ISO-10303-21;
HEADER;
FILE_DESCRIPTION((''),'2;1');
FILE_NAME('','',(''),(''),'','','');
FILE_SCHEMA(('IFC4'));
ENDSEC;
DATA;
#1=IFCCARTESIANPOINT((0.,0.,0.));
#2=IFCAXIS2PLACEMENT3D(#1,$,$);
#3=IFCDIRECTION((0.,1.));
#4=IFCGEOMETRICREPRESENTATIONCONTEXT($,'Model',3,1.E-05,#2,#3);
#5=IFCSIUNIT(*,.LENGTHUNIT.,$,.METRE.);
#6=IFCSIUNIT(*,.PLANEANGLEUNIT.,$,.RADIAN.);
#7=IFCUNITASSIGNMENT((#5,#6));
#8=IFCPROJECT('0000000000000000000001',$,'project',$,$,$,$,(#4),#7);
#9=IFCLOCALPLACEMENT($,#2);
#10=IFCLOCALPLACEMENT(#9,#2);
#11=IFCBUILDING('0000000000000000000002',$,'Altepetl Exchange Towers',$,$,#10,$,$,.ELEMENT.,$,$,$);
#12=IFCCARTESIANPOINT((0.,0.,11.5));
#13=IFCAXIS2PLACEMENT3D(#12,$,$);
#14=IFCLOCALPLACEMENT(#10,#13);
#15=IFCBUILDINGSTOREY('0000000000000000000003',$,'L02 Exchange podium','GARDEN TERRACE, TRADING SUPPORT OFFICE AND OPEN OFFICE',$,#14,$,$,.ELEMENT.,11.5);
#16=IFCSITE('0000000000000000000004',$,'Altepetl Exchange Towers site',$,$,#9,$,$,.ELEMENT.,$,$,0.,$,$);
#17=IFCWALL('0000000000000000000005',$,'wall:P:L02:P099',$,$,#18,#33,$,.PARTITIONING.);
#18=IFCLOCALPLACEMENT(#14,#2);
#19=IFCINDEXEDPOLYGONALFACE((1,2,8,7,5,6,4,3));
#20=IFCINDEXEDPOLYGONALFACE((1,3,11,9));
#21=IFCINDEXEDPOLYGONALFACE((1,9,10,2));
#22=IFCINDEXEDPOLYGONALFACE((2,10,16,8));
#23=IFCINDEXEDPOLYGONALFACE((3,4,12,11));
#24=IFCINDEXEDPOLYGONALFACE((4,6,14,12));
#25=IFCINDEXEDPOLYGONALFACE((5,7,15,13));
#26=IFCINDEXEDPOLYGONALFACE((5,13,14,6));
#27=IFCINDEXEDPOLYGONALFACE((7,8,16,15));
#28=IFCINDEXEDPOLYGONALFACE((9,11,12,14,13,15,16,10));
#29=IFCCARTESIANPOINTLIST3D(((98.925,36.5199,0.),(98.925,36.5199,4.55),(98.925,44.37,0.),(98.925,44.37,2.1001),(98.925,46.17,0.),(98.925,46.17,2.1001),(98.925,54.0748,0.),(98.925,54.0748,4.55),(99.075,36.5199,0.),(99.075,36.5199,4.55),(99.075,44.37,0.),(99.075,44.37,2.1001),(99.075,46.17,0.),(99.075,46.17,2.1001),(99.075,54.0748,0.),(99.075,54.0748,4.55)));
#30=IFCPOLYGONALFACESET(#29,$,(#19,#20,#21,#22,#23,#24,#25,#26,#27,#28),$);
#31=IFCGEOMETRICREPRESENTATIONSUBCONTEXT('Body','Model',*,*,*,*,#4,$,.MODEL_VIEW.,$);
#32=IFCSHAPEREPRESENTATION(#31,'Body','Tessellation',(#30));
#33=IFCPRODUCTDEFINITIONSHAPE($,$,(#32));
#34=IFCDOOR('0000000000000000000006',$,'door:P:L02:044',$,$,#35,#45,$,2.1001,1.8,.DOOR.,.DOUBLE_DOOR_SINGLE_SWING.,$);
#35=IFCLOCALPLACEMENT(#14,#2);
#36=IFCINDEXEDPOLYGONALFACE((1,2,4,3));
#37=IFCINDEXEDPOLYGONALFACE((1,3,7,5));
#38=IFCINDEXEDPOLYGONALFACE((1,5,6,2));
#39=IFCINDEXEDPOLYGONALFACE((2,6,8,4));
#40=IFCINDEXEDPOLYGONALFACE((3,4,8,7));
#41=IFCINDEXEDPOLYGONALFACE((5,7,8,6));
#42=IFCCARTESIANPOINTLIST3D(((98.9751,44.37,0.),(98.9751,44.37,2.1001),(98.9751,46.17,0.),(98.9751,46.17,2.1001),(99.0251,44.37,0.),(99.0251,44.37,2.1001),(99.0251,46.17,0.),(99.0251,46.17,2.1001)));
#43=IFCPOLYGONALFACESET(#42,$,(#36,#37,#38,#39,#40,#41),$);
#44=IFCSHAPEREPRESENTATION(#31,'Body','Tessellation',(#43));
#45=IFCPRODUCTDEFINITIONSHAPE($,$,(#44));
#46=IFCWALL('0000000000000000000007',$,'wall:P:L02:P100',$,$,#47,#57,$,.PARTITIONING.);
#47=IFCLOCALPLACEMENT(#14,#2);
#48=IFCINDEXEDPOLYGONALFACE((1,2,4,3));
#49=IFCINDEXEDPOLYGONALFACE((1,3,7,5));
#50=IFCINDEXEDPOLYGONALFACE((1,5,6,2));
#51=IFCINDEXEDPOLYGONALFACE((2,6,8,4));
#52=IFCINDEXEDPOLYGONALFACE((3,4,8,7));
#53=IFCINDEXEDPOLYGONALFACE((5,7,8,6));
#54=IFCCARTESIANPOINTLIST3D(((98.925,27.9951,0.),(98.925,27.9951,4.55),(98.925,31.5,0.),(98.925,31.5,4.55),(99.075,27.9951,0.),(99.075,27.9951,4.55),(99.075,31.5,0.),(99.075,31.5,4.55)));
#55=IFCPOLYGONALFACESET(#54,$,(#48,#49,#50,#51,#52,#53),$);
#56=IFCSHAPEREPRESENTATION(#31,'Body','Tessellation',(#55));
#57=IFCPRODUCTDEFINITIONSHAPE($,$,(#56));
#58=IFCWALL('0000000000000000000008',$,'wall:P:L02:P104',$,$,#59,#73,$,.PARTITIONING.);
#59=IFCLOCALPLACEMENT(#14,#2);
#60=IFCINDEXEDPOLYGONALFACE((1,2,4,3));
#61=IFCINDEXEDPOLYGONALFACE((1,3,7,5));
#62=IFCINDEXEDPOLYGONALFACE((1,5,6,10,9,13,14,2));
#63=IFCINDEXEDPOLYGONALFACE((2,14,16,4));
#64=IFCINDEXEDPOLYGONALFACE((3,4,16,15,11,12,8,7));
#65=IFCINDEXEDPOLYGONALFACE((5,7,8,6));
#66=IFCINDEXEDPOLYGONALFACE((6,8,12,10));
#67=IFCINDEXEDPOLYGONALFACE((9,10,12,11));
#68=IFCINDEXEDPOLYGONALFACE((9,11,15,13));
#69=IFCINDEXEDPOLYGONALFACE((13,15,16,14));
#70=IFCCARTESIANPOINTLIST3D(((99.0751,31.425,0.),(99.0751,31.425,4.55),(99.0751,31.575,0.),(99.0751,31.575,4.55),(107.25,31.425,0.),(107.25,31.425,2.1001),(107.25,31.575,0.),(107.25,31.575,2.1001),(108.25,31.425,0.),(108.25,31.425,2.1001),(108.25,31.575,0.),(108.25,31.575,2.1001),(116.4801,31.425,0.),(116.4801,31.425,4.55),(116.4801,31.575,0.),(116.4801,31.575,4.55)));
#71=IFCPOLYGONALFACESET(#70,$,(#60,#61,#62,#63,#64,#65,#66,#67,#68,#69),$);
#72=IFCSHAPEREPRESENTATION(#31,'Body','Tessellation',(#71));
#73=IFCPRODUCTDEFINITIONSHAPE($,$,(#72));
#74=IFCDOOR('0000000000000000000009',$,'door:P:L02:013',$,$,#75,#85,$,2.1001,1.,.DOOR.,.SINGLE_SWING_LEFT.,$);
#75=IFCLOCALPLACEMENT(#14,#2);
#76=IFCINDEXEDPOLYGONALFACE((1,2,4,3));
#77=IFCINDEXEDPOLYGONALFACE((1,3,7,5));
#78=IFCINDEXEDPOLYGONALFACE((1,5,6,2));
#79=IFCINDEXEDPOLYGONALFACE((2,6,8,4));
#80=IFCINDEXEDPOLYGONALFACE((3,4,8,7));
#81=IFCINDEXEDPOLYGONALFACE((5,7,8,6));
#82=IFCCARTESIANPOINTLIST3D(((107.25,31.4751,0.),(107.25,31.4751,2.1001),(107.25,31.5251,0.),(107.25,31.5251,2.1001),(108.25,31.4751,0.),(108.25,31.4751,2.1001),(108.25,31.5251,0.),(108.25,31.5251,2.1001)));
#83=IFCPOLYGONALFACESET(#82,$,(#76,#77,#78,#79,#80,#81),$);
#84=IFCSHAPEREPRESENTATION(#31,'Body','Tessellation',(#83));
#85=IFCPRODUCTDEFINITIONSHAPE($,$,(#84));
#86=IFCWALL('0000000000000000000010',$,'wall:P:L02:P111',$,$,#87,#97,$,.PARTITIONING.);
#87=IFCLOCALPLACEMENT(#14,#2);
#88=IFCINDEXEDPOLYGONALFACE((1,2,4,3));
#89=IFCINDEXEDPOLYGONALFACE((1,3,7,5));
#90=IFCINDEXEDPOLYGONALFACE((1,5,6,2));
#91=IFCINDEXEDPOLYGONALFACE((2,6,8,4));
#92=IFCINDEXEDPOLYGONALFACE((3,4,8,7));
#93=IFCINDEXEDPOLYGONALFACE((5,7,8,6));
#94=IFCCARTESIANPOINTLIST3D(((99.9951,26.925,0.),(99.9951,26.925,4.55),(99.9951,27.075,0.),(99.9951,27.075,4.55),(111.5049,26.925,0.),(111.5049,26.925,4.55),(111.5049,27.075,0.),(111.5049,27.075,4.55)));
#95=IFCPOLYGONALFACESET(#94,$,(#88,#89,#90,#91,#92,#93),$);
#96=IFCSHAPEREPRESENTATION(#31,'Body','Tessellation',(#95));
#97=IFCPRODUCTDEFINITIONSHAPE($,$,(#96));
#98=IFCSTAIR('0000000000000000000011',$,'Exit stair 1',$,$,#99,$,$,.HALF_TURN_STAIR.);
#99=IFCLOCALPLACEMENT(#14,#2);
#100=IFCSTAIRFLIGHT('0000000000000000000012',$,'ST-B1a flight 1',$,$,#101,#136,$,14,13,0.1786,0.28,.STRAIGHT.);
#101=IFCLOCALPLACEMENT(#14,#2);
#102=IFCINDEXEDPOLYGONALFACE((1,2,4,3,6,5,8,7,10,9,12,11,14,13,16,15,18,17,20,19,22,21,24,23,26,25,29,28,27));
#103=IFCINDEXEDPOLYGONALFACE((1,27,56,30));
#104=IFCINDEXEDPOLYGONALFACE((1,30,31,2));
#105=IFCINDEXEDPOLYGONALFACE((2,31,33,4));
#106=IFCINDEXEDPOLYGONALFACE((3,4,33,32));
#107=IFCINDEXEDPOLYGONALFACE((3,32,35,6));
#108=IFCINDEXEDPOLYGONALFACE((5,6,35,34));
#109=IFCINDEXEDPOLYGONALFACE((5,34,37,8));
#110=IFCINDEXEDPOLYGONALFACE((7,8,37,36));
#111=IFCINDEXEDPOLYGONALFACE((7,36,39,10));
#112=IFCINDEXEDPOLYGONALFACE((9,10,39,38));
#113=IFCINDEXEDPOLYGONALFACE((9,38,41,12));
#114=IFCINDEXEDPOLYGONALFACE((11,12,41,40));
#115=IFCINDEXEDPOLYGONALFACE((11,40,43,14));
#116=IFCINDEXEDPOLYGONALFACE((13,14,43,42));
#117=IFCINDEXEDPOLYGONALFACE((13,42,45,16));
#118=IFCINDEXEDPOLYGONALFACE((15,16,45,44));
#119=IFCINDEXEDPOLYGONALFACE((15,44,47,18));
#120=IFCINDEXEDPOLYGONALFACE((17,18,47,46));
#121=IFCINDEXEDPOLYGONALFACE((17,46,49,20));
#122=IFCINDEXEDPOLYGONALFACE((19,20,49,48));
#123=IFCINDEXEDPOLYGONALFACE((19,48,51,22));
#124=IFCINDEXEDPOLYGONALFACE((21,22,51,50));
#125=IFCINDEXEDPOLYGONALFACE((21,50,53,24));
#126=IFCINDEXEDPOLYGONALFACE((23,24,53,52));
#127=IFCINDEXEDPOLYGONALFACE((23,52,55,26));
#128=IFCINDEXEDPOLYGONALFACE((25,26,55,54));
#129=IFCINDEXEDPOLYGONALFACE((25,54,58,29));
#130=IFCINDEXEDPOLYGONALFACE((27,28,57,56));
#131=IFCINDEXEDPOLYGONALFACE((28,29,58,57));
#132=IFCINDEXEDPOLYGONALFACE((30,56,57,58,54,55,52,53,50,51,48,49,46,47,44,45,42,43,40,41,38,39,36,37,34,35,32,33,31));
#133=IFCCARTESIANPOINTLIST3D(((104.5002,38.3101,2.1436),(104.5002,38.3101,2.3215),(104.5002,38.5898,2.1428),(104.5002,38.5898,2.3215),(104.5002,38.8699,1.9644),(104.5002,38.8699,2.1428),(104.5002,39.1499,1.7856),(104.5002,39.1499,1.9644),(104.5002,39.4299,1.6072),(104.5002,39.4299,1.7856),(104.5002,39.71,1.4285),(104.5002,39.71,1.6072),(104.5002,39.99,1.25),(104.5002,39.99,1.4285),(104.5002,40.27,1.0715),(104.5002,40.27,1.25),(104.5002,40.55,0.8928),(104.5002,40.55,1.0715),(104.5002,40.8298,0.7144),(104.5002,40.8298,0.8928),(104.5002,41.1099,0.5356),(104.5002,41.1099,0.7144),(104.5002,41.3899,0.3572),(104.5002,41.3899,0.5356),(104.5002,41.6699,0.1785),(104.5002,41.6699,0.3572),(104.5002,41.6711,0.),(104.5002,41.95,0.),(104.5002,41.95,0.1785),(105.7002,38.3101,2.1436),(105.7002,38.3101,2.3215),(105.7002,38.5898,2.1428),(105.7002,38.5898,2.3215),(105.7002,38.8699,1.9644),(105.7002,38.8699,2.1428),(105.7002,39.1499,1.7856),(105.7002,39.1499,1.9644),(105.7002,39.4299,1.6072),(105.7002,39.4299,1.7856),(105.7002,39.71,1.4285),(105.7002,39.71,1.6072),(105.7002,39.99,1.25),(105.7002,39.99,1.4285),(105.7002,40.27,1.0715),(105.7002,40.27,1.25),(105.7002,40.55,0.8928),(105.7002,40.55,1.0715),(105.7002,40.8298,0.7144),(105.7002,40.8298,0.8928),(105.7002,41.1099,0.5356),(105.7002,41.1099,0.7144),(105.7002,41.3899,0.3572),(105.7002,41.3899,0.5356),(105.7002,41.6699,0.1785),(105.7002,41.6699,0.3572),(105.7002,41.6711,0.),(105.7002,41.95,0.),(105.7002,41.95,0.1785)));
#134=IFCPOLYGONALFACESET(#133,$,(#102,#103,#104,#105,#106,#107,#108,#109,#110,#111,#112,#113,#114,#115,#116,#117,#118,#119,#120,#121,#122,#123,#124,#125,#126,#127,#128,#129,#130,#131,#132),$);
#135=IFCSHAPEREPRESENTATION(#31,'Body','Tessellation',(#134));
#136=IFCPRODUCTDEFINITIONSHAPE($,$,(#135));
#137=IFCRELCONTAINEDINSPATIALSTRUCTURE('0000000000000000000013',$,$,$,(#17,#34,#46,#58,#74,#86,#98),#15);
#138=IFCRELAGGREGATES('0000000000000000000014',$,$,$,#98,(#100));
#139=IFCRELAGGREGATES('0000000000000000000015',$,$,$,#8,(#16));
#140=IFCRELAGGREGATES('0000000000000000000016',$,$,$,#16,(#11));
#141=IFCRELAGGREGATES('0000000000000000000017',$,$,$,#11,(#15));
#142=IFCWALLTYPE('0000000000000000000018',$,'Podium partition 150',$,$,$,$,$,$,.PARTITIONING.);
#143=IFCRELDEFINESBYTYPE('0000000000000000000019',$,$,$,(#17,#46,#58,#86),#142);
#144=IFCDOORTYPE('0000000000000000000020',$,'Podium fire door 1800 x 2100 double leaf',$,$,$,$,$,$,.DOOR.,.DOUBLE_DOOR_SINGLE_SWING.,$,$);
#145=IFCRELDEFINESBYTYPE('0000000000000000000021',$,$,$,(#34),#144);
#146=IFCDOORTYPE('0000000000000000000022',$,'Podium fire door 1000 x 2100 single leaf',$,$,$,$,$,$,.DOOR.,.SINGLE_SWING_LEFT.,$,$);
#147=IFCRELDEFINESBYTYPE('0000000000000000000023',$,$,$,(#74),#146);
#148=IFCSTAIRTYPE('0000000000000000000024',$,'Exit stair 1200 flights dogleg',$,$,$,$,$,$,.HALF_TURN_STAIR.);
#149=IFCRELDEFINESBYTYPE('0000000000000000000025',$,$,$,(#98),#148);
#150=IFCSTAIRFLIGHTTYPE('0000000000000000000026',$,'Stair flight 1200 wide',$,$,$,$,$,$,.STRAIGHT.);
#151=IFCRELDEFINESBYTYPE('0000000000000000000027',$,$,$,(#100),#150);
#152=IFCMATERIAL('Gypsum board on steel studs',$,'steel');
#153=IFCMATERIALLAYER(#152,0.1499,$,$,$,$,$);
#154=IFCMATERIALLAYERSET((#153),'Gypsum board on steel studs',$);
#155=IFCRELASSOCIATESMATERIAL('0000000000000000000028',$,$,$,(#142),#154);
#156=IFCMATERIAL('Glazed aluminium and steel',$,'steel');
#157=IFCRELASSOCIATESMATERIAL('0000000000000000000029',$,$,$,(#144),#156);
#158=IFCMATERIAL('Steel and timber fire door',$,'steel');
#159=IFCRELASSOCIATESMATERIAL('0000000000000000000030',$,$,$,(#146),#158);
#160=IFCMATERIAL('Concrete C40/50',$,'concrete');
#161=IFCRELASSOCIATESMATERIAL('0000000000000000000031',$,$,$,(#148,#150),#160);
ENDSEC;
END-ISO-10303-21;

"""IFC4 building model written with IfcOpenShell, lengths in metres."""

from ifc_helpers import new_model, si_unit, direction, frame, frame_2d, origin, place, context, subcontext, project, spatial, polyline, rectangle, outline, extrude, material, layer, layer_set, type_object, element, fill, aggregate, save


model = new_model("IFC4")

# Units and contexts
model_context = context("Model", 3, precision=1e-05, world=origin(), true_north=direction((0.0, 1.0)))
body_context = subcontext(model_context, "Body", "Model", "MODEL_VIEW")
ifc_project = project(units=[si_unit("LENGTHUNIT", "METRE"), si_unit("PLANEANGLEUNIT", "RADIAN")], contexts=[model_context])

# Site, building, storey
site_placement = place(None, origin())
site = spatial("IfcSite", under=ifc_project, at=site_placement, Name="Altepetl Exchange Towers site", CompositionType="ELEMENT", RefElevation=0.0)
building_placement = place(site_placement, origin())
building = spatial("IfcBuilding", under=site, at=building_placement, Name="Altepetl Exchange Towers", CompositionType="ELEMENT")
storey_placement = place(building_placement, frame((0.0, 0.0, 11.5)))
storey = spatial("IfcBuildingStorey", under=building, at=storey_placement, Name="L02 Exchange podium", Description="GARDEN TERRACE, TRADING SUPPORT OFFICE AND OPEN OFFICE", CompositionType="ELEMENT", Elevation=11.5)

# Shared definitions
ifc_material_1 = material(Name="Steel and timber fire door", Category="steel")

# Shared definitions
ifc_material_2 = material(Name="Gypsum board on steel studs", Category="steel")
ifc_layer_1 = layer(ifc_material_2, 0.1499)
ifc_layer_set_1 = layer_set([ifc_layer_1], Name="Gypsum board on steel studs")
wall_type_1 = type_object("IfcWallType", Name="Podium partition 150", PredefinedType="PARTITIONING", material=ifc_layer_set_1)
ifc_material_3 = material(Name="Glazed aluminium and steel", Category="steel")
door_type_1 = type_object("IfcDoorType", Name="Podium fire door 1800 x 2100 double leaf", OperationType="DOUBLE_DOOR_SINGLE_SWING", PredefinedType="DOOR", material=ifc_material_3)
door_type_2 = type_object("IfcDoorType", Name="Podium fire door 1000 x 2100 single leaf", OperationType="SINGLE_SWING_LEFT", PredefinedType="DOOR", material=ifc_material_1)

# Wall, opening, door
wall_1_placement = place(storey_placement, frame((99.0, 36.52, 0.0), z_axis=(0.0, 0.0, 1.0), x_axis=(0.0, 1.0, 0.0)))
wall_1 = element("IfcWall", 1, at=wall_1_placement, inside=storey, type_object=wall_type_1, Name="wall:P:L02:P099", PredefinedType="PARTITIONING", context=body_context, shape_type="SweptSolid", body=[
    extrude(rectangle(XDim=17.5549, YDim=0.1499, at=frame_2d((8.7773, 0.0))), origin(), (0.0, 0.0, 1.0), 4.55),
])
opening_1_placement = place(wall_1_placement, frame((7.8501, 0.0, 0.0)))
opening_1 = element("IfcOpeningElement", 2, at=opening_1_placement, cuts=wall_1, PredefinedType="OPENING", context=body_context, shape_type="SweptSolid", body=[
    extrude(rectangle(XDim=1.8, YDim=2.1001, at=frame_2d((0.8999, 1.05))), frame((0.0, 0.085, 0.0), z_axis=(0.0, -1.0, 0.0), x_axis=(1.0, 0.0, 0.0)), (0.0, 0.0, 1.0), 0.1699),
])
door_1_placement = place(opening_1_placement, origin())
door_1 = element("IfcDoor", 3, at=door_1_placement, inside=storey, type_object=door_type_1, Name="door:P:L02:044", OperationType="DOUBLE_DOOR_SINGLE_SWING", OverallHeight=2.1001, OverallWidth=1.8, PredefinedType="DOOR", context=body_context, shape_type="SweptSolid", body=[
    extrude(rectangle(XDim=1.8, YDim=2.1001, at=frame_2d((0.8999, 1.05))), frame((0.0, 0.0249, 0.0), z_axis=(0.0, -1.0, 0.0), x_axis=(1.0, 0.0, 0.0)), (0.0, 0.0, 1.0), 0.05),
])
fill(opening_1, door_1)

# Wall
wall_2_placement = place(storey_placement, frame((99.0, 27.9951, 0.0), z_axis=(0.0, 0.0, 1.0), x_axis=(0.0, 1.0, 0.0)))
element("IfcWall", 4, at=wall_2_placement, inside=storey, type_object=wall_type_1, Name="wall:P:L02:P100", PredefinedType="PARTITIONING", context=body_context, shape_type="SweptSolid", body=[
    extrude(rectangle(XDim=3.5049, YDim=0.1499, at=frame_2d((1.7524, 0.0))), origin(), (0.0, 0.0, 1.0), 4.55),
])

# Wall, opening, door
wall_3_placement = place(storey_placement, frame((99.075, 31.5, 0.0)))
wall_3 = element("IfcWall", 5, at=wall_3_placement, inside=storey, type_object=wall_type_1, Name="wall:P:L02:P104", PredefinedType="PARTITIONING", context=body_context, shape_type="SweptSolid", body=[
    extrude(rectangle(XDim=17.405, YDim=0.1499, at=frame_2d((8.7026, 0.0))), origin(), (0.0, 0.0, 1.0), 4.55),
])
opening_2_placement = place(wall_3_placement, frame((8.175, 0.0, 0.0)))
opening_2 = element("IfcOpeningElement", 6, at=opening_2_placement, cuts=wall_3, PredefinedType="OPENING", context=body_context, shape_type="SweptSolid", body=[
    extrude(rectangle(XDim=1.0, YDim=2.1001, at=frame_2d((0.5, 1.05))), frame((0.0, 0.085, 0.0), z_axis=(0.0, -1.0, 0.0), x_axis=(1.0, 0.0, 0.0)), (0.0, 0.0, 1.0), 0.1699),
])
door_2_placement = place(opening_2_placement, frame((1.0, 0.0, 0.0), x_axis=(-1.0, 0.0, 0.0)))
door_2 = element("IfcDoor", 7, at=door_2_placement, inside=storey, type_object=door_type_2, Name="door:P:L02:013", OperationType="SINGLE_SWING_LEFT", OverallHeight=2.1001, OverallWidth=1.0, PredefinedType="DOOR", context=body_context, shape_type="SweptSolid", body=[
    extrude(rectangle(XDim=1.0, YDim=2.1001, at=frame_2d((0.5, 1.05))), frame((0.0, 0.0249, 0.0), z_axis=(0.0, -1.0, 0.0), x_axis=(1.0, 0.0, 0.0)), (0.0, 0.0, 1.0), 0.05),
])
fill(opening_2, door_2)

# Wall
wall_4_placement = place(storey_placement, frame((99.9951, 27.0, 0.0)))
element("IfcWall", 8, at=wall_4_placement, inside=storey, type_object=wall_type_1, Name="wall:P:L02:P111", PredefinedType="PARTITIONING", context=body_context, shape_type="SweptSolid", body=[
    extrude(rectangle(XDim=11.5098, YDim=0.1499, at=frame_2d((5.7549, 0.0))), origin(), (0.0, 0.0, 1.0), 4.55),
])

# Stair, stair flight
ifc_material_4 = material(Name="Concrete C40/50", Category="concrete")
stair_type = type_object("IfcStairType", Name="Exit stair 1200 flights dogleg", PredefinedType="HALF_TURN_STAIR", material=ifc_material_4)
stair_placement = place(storey_placement, origin())
stair = element("IfcStair", 9, at=stair_placement, inside=storey, type_object=stair_type, Name="Exit stair 1", PredefinedType="HALF_TURN_STAIR")
stair_flight_type = type_object("IfcStairFlightType", Name="Stair flight 1200 wide", PredefinedType="STRAIGHT", material=ifc_material_4)
stair_flight_placement = place(storey_placement, frame((105.1001, 41.95, 0.0), z_axis=(0.0, 0.0, 1.0), x_axis=(0.0, -1.0, 0.0)))
stair_flight = element("IfcStairFlight", 10, at=stair_flight_placement, type_object=stair_flight_type, Name="ST-B1a flight 1", NumberOfRisers=14, NumberOfTreads=13, PredefinedType="STRAIGHT", RiserHeight=0.1786, TreadLength=0.28, context=body_context, shape_type="SweptSolid", body=[
    extrude(outline(polyline([(0.0, 0.0), (0.0, 0.1785), (0.28, 0.1785), (0.28, 0.3572), (0.5601, 0.3572), (0.5601, 0.5356), (0.8401, 0.5356), (0.8401, 0.7144), (1.1201, 0.7144), (1.1201, 0.8928), (1.3999, 0.8928), (1.3999, 1.0715), (1.6799, 1.0715), (1.6799, 1.25), (1.96, 1.25), (1.96, 1.4285), (2.24, 1.4285), (2.24, 1.6072), (2.52, 1.6072), (2.52, 1.7856), (2.8, 1.7856), (2.8, 1.9644), (3.0801, 1.9644), (3.0801, 2.1428), (3.3601, 2.1428), (3.3601, 2.3215), (3.6399, 2.3215), (3.6399, 2.5), (3.6399, 2.1436), (0.2788, 0.0), (0.0, 0.0)])), frame((0.0, 0.6001, 0.0), z_axis=(0.0, -1.0, 0.0), x_axis=(1.0, 0.0, 0.0)), (0.0, 0.0, 1.0), 1.2),
])
aggregate(stair, [stair_flight])

save(model, "model.ifc")
